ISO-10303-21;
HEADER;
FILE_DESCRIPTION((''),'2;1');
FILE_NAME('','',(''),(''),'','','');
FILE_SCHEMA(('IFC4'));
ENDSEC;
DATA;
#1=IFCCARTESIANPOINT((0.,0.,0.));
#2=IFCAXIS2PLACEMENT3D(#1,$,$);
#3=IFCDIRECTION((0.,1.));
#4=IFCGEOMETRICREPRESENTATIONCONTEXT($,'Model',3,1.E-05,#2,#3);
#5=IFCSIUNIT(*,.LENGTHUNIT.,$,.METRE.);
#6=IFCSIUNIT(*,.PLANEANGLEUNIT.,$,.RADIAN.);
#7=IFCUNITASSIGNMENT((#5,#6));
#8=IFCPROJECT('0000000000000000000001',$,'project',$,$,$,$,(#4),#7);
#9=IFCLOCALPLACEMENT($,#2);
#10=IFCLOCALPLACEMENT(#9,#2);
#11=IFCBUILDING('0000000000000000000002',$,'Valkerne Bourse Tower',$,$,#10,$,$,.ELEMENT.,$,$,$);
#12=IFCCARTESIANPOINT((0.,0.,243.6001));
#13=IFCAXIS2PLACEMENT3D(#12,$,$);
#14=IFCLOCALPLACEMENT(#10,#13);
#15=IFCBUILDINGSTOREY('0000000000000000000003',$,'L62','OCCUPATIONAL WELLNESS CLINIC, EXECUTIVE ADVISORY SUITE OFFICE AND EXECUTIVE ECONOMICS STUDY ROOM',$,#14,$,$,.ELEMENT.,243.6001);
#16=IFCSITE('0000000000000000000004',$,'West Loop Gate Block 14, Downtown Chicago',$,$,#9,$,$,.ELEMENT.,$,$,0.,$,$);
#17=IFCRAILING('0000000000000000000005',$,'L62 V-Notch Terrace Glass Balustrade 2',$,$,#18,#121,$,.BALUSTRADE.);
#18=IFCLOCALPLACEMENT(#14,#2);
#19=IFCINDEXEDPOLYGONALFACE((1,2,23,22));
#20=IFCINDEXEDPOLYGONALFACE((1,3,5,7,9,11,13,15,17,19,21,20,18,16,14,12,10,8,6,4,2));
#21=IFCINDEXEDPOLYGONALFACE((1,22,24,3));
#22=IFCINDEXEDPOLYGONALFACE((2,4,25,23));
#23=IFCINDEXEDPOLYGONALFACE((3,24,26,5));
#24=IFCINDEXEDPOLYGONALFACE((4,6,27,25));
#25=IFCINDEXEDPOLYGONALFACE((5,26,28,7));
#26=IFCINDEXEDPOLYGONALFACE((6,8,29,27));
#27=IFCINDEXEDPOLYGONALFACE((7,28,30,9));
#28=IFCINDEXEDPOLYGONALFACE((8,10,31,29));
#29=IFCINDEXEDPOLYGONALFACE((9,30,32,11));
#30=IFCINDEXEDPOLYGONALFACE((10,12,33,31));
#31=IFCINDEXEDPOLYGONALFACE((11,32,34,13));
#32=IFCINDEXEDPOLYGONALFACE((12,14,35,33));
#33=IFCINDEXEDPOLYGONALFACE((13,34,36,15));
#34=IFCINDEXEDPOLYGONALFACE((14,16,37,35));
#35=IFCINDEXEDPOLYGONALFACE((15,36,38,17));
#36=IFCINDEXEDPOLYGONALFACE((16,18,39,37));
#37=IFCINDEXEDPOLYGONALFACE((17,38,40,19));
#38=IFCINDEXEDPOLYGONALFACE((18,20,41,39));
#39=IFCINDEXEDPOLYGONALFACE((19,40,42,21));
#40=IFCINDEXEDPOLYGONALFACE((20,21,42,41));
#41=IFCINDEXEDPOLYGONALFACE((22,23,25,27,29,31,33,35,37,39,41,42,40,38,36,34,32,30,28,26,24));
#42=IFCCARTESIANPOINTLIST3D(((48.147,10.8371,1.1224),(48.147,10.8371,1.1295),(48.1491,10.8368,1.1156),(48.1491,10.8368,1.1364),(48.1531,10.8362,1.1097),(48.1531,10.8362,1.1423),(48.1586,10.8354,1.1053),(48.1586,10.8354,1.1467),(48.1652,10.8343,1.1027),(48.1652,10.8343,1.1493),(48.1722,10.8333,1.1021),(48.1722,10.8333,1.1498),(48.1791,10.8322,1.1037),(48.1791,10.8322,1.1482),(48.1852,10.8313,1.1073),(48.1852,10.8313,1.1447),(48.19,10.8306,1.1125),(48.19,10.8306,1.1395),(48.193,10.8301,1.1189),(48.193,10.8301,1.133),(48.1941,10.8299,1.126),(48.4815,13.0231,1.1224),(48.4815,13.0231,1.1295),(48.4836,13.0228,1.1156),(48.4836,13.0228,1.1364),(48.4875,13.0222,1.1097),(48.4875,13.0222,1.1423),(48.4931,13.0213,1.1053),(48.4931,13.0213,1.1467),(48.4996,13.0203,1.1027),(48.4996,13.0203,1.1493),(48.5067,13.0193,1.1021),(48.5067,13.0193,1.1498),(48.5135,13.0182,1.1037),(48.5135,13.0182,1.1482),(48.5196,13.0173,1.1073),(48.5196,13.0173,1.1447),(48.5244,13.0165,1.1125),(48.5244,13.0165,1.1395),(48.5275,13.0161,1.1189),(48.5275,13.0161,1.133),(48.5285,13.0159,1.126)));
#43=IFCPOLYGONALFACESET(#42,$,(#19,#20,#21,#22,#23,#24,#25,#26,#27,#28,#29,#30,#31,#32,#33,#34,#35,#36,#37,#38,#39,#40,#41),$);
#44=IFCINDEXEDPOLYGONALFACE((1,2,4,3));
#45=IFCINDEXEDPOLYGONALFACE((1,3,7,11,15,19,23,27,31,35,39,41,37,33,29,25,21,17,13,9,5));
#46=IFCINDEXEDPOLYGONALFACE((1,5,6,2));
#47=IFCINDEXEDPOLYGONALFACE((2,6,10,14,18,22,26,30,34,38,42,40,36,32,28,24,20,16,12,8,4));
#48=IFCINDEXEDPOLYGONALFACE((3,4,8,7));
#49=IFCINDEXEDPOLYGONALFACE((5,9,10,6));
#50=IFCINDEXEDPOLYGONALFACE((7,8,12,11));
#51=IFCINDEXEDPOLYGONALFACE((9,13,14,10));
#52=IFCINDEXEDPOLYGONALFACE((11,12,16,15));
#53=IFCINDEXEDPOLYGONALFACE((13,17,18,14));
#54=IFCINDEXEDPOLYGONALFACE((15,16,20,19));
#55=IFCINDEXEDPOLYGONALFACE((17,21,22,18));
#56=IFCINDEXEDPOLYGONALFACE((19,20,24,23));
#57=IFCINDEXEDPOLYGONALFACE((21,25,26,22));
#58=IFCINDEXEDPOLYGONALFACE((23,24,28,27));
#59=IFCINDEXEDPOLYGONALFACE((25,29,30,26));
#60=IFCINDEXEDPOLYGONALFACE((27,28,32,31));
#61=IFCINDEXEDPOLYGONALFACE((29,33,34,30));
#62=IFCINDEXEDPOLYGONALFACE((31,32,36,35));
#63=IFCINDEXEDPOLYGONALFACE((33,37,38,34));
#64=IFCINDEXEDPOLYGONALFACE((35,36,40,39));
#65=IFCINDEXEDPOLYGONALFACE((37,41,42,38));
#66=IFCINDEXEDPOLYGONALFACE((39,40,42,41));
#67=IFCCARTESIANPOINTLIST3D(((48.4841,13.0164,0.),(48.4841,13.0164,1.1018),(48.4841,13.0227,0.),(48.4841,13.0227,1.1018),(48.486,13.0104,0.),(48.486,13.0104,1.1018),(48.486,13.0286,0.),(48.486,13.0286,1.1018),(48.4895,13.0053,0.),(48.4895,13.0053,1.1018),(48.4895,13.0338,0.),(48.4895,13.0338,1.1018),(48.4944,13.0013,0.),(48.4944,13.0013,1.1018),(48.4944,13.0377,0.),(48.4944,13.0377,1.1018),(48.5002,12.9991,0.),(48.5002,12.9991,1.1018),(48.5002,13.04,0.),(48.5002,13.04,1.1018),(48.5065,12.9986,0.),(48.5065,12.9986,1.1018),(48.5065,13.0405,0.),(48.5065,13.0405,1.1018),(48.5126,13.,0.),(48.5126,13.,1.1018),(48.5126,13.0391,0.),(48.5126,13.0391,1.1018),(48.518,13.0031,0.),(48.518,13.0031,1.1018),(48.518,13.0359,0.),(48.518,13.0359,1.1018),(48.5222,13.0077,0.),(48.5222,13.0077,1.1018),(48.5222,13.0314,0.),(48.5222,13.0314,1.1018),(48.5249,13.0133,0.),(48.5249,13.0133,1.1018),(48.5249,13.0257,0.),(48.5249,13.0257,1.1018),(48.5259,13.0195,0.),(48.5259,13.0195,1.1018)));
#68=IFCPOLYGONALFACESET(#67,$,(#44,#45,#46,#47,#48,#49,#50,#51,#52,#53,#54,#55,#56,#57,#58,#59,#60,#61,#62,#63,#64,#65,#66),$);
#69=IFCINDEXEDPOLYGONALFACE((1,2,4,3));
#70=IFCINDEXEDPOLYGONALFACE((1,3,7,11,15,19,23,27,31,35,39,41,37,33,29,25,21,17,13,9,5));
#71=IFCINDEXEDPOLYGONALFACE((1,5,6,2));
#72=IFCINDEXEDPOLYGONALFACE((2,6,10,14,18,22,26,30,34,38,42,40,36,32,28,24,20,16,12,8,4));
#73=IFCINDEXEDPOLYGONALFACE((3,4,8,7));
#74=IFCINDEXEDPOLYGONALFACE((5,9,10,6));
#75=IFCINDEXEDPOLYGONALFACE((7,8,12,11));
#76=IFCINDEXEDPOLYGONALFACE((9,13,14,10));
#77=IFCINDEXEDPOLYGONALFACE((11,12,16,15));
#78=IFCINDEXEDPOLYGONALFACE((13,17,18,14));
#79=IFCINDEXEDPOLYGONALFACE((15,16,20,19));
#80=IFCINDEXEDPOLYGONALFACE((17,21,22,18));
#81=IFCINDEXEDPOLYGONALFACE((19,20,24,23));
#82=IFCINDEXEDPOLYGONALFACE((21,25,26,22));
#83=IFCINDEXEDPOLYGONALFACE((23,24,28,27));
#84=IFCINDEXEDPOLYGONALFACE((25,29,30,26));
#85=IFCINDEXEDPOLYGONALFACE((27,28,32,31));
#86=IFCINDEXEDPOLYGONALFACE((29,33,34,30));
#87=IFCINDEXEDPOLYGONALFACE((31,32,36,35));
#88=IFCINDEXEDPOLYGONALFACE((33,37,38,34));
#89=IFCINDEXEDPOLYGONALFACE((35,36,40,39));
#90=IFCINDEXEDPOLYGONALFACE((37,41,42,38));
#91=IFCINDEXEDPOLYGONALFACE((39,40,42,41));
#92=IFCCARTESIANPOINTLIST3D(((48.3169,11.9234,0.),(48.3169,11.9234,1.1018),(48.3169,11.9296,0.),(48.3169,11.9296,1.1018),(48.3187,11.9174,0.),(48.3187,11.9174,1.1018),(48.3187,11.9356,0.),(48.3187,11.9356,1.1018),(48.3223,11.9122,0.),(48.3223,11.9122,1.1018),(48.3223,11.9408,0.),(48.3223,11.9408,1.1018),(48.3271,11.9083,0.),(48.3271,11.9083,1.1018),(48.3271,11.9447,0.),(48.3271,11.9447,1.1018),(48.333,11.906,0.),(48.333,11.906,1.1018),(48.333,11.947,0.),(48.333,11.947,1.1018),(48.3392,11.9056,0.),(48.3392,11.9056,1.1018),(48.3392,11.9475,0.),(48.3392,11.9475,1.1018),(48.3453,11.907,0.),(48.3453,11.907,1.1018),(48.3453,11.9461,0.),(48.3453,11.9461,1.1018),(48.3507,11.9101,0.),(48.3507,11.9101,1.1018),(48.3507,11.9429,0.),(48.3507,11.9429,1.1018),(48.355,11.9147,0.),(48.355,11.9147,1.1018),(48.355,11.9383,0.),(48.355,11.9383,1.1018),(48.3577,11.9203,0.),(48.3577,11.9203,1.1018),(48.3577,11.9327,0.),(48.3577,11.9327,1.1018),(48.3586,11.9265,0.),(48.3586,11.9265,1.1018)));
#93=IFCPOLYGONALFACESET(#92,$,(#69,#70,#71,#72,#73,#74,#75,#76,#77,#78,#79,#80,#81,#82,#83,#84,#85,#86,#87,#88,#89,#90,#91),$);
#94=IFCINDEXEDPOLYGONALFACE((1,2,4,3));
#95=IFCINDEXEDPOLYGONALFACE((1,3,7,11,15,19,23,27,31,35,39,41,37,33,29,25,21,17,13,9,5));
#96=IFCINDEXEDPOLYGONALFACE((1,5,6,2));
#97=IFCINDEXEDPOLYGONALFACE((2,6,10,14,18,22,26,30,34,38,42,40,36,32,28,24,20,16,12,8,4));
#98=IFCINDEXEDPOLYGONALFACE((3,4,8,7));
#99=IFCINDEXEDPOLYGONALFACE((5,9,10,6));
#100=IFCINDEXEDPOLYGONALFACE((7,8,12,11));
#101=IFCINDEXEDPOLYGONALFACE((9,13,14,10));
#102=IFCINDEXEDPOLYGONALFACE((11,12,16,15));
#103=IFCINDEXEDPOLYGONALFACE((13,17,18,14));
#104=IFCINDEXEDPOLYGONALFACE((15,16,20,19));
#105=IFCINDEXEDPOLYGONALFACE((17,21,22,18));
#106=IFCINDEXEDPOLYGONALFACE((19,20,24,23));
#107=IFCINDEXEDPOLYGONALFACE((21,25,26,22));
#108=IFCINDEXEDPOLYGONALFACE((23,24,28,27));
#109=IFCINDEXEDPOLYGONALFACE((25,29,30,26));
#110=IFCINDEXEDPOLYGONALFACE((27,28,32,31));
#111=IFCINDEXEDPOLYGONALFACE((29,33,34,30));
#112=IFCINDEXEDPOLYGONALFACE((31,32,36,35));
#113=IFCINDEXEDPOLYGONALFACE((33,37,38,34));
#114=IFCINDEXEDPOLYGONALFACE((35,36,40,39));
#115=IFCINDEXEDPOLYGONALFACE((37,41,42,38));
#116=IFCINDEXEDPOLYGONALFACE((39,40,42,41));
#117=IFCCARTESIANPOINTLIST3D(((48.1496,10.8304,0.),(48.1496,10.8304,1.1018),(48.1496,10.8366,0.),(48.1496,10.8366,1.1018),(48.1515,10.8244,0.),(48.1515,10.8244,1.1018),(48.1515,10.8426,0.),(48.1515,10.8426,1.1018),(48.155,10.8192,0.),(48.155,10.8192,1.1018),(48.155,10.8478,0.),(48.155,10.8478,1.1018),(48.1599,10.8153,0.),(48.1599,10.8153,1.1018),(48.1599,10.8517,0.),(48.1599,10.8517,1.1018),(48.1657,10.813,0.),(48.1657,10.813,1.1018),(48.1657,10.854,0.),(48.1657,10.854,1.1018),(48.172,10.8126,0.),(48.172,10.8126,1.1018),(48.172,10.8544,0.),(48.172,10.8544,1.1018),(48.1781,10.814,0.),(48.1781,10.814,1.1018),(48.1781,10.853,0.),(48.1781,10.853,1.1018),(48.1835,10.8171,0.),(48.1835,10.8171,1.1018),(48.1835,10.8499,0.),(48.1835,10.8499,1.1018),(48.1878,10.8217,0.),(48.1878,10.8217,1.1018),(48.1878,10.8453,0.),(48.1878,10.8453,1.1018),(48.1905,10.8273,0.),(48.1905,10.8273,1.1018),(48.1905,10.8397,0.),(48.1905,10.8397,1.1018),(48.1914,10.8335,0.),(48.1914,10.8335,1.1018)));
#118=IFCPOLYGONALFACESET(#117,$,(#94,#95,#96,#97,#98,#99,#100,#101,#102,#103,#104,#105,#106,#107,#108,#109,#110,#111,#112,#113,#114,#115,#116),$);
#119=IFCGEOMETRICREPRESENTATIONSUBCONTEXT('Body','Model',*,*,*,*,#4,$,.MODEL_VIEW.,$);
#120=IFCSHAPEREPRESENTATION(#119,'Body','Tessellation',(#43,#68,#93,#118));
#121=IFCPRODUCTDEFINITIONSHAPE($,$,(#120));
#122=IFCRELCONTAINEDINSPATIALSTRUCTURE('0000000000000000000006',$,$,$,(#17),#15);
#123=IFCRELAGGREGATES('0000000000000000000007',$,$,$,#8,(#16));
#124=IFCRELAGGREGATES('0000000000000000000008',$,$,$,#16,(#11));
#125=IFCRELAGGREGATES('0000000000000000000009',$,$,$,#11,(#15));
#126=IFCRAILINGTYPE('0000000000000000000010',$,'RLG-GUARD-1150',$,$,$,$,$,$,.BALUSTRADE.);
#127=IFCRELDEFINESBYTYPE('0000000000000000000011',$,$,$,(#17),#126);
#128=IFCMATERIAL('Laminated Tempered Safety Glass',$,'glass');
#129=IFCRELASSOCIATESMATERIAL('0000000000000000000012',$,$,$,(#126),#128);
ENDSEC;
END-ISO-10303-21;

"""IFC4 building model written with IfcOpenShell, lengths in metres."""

from ifc_helpers import new_model, si_unit, direction, frame, origin, origin_2d, place, context, subcontext, project, spatial, circle, extrude, material, type_object, element, save


model = new_model("IFC4")

# Units and contexts
model_context = context("Model", 3, precision=1e-05, world=origin(), true_north=direction((0.0, 1.0)))
body_context = subcontext(model_context, "Body", "Model", "MODEL_VIEW")
ifc_project = project(units=[si_unit("LENGTHUNIT", "METRE"), si_unit("PLANEANGLEUNIT", "RADIAN")], contexts=[model_context])

# Site, building, storey
site_placement = place(None, origin())
site = spatial("IfcSite", under=ifc_project, at=site_placement, Name="West Loop Gate Block 14, Downtown Chicago", CompositionType="ELEMENT", RefElevation=0.0)
building_placement = place(site_placement, origin())
building = spatial("IfcBuilding", under=site, at=building_placement, Name="Valkerne Bourse Tower", CompositionType="ELEMENT")
storey_placement = place(building_placement, frame((0.0, 0.0, 243.6001)))
storey = spatial("IfcBuildingStorey", under=building, at=storey_placement, Name="L62", Description="OCCUPATIONAL WELLNESS CLINIC, EXECUTIVE ADVISORY SUITE OFFICE AND EXECUTIVE ECONOMICS STUDY ROOM", CompositionType="ELEMENT", Elevation=243.6001)

# Railing
ifc_material_1 = material(Name="Laminated Tempered Safety Glass", Category="glass")
railing_type_1 = type_object("IfcRailingType", Name="RLG-GUARD-1150", PredefinedType="BALUSTRADE", material=ifc_material_1)
railing_1_placement = place(storey_placement, frame((48.5049, 13.0195, 0.0)))
element("IfcRailing", 1, at=railing_1_placement, inside=storey, type_object=railing_type_1, Name="L62 V-Notch Terrace Glass Balustrade 2", PredefinedType="BALUSTRADE", context=body_context, shape_type="SweptSolid", body=[
    extrude(circle(Radius=0.0239, at=origin_2d()), frame((0.0, 0.0, 1.126), z_axis=(-0.151244, -0.988496, 0.0), x_axis=(0.988496, -0.151244, 0.0)), (0.0, 0.0, 1.0), 2.2114),
    extrude(circle(Radius=0.021, at=origin_2d()), origin(), (0.0, 0.0, 1.0), 1.1018),
    extrude(circle(Radius=0.021, at=origin_2d()), frame((-0.1672, -1.093, 0.0)), (0.0, 0.0, 1.0), 1.1018),
    extrude(circle(Radius=0.021, at=origin_2d()), frame((-0.3345, -2.186, 0.0)), (0.0, 0.0, 1.0), 1.1018),
])

save(model, "model.ifc")
